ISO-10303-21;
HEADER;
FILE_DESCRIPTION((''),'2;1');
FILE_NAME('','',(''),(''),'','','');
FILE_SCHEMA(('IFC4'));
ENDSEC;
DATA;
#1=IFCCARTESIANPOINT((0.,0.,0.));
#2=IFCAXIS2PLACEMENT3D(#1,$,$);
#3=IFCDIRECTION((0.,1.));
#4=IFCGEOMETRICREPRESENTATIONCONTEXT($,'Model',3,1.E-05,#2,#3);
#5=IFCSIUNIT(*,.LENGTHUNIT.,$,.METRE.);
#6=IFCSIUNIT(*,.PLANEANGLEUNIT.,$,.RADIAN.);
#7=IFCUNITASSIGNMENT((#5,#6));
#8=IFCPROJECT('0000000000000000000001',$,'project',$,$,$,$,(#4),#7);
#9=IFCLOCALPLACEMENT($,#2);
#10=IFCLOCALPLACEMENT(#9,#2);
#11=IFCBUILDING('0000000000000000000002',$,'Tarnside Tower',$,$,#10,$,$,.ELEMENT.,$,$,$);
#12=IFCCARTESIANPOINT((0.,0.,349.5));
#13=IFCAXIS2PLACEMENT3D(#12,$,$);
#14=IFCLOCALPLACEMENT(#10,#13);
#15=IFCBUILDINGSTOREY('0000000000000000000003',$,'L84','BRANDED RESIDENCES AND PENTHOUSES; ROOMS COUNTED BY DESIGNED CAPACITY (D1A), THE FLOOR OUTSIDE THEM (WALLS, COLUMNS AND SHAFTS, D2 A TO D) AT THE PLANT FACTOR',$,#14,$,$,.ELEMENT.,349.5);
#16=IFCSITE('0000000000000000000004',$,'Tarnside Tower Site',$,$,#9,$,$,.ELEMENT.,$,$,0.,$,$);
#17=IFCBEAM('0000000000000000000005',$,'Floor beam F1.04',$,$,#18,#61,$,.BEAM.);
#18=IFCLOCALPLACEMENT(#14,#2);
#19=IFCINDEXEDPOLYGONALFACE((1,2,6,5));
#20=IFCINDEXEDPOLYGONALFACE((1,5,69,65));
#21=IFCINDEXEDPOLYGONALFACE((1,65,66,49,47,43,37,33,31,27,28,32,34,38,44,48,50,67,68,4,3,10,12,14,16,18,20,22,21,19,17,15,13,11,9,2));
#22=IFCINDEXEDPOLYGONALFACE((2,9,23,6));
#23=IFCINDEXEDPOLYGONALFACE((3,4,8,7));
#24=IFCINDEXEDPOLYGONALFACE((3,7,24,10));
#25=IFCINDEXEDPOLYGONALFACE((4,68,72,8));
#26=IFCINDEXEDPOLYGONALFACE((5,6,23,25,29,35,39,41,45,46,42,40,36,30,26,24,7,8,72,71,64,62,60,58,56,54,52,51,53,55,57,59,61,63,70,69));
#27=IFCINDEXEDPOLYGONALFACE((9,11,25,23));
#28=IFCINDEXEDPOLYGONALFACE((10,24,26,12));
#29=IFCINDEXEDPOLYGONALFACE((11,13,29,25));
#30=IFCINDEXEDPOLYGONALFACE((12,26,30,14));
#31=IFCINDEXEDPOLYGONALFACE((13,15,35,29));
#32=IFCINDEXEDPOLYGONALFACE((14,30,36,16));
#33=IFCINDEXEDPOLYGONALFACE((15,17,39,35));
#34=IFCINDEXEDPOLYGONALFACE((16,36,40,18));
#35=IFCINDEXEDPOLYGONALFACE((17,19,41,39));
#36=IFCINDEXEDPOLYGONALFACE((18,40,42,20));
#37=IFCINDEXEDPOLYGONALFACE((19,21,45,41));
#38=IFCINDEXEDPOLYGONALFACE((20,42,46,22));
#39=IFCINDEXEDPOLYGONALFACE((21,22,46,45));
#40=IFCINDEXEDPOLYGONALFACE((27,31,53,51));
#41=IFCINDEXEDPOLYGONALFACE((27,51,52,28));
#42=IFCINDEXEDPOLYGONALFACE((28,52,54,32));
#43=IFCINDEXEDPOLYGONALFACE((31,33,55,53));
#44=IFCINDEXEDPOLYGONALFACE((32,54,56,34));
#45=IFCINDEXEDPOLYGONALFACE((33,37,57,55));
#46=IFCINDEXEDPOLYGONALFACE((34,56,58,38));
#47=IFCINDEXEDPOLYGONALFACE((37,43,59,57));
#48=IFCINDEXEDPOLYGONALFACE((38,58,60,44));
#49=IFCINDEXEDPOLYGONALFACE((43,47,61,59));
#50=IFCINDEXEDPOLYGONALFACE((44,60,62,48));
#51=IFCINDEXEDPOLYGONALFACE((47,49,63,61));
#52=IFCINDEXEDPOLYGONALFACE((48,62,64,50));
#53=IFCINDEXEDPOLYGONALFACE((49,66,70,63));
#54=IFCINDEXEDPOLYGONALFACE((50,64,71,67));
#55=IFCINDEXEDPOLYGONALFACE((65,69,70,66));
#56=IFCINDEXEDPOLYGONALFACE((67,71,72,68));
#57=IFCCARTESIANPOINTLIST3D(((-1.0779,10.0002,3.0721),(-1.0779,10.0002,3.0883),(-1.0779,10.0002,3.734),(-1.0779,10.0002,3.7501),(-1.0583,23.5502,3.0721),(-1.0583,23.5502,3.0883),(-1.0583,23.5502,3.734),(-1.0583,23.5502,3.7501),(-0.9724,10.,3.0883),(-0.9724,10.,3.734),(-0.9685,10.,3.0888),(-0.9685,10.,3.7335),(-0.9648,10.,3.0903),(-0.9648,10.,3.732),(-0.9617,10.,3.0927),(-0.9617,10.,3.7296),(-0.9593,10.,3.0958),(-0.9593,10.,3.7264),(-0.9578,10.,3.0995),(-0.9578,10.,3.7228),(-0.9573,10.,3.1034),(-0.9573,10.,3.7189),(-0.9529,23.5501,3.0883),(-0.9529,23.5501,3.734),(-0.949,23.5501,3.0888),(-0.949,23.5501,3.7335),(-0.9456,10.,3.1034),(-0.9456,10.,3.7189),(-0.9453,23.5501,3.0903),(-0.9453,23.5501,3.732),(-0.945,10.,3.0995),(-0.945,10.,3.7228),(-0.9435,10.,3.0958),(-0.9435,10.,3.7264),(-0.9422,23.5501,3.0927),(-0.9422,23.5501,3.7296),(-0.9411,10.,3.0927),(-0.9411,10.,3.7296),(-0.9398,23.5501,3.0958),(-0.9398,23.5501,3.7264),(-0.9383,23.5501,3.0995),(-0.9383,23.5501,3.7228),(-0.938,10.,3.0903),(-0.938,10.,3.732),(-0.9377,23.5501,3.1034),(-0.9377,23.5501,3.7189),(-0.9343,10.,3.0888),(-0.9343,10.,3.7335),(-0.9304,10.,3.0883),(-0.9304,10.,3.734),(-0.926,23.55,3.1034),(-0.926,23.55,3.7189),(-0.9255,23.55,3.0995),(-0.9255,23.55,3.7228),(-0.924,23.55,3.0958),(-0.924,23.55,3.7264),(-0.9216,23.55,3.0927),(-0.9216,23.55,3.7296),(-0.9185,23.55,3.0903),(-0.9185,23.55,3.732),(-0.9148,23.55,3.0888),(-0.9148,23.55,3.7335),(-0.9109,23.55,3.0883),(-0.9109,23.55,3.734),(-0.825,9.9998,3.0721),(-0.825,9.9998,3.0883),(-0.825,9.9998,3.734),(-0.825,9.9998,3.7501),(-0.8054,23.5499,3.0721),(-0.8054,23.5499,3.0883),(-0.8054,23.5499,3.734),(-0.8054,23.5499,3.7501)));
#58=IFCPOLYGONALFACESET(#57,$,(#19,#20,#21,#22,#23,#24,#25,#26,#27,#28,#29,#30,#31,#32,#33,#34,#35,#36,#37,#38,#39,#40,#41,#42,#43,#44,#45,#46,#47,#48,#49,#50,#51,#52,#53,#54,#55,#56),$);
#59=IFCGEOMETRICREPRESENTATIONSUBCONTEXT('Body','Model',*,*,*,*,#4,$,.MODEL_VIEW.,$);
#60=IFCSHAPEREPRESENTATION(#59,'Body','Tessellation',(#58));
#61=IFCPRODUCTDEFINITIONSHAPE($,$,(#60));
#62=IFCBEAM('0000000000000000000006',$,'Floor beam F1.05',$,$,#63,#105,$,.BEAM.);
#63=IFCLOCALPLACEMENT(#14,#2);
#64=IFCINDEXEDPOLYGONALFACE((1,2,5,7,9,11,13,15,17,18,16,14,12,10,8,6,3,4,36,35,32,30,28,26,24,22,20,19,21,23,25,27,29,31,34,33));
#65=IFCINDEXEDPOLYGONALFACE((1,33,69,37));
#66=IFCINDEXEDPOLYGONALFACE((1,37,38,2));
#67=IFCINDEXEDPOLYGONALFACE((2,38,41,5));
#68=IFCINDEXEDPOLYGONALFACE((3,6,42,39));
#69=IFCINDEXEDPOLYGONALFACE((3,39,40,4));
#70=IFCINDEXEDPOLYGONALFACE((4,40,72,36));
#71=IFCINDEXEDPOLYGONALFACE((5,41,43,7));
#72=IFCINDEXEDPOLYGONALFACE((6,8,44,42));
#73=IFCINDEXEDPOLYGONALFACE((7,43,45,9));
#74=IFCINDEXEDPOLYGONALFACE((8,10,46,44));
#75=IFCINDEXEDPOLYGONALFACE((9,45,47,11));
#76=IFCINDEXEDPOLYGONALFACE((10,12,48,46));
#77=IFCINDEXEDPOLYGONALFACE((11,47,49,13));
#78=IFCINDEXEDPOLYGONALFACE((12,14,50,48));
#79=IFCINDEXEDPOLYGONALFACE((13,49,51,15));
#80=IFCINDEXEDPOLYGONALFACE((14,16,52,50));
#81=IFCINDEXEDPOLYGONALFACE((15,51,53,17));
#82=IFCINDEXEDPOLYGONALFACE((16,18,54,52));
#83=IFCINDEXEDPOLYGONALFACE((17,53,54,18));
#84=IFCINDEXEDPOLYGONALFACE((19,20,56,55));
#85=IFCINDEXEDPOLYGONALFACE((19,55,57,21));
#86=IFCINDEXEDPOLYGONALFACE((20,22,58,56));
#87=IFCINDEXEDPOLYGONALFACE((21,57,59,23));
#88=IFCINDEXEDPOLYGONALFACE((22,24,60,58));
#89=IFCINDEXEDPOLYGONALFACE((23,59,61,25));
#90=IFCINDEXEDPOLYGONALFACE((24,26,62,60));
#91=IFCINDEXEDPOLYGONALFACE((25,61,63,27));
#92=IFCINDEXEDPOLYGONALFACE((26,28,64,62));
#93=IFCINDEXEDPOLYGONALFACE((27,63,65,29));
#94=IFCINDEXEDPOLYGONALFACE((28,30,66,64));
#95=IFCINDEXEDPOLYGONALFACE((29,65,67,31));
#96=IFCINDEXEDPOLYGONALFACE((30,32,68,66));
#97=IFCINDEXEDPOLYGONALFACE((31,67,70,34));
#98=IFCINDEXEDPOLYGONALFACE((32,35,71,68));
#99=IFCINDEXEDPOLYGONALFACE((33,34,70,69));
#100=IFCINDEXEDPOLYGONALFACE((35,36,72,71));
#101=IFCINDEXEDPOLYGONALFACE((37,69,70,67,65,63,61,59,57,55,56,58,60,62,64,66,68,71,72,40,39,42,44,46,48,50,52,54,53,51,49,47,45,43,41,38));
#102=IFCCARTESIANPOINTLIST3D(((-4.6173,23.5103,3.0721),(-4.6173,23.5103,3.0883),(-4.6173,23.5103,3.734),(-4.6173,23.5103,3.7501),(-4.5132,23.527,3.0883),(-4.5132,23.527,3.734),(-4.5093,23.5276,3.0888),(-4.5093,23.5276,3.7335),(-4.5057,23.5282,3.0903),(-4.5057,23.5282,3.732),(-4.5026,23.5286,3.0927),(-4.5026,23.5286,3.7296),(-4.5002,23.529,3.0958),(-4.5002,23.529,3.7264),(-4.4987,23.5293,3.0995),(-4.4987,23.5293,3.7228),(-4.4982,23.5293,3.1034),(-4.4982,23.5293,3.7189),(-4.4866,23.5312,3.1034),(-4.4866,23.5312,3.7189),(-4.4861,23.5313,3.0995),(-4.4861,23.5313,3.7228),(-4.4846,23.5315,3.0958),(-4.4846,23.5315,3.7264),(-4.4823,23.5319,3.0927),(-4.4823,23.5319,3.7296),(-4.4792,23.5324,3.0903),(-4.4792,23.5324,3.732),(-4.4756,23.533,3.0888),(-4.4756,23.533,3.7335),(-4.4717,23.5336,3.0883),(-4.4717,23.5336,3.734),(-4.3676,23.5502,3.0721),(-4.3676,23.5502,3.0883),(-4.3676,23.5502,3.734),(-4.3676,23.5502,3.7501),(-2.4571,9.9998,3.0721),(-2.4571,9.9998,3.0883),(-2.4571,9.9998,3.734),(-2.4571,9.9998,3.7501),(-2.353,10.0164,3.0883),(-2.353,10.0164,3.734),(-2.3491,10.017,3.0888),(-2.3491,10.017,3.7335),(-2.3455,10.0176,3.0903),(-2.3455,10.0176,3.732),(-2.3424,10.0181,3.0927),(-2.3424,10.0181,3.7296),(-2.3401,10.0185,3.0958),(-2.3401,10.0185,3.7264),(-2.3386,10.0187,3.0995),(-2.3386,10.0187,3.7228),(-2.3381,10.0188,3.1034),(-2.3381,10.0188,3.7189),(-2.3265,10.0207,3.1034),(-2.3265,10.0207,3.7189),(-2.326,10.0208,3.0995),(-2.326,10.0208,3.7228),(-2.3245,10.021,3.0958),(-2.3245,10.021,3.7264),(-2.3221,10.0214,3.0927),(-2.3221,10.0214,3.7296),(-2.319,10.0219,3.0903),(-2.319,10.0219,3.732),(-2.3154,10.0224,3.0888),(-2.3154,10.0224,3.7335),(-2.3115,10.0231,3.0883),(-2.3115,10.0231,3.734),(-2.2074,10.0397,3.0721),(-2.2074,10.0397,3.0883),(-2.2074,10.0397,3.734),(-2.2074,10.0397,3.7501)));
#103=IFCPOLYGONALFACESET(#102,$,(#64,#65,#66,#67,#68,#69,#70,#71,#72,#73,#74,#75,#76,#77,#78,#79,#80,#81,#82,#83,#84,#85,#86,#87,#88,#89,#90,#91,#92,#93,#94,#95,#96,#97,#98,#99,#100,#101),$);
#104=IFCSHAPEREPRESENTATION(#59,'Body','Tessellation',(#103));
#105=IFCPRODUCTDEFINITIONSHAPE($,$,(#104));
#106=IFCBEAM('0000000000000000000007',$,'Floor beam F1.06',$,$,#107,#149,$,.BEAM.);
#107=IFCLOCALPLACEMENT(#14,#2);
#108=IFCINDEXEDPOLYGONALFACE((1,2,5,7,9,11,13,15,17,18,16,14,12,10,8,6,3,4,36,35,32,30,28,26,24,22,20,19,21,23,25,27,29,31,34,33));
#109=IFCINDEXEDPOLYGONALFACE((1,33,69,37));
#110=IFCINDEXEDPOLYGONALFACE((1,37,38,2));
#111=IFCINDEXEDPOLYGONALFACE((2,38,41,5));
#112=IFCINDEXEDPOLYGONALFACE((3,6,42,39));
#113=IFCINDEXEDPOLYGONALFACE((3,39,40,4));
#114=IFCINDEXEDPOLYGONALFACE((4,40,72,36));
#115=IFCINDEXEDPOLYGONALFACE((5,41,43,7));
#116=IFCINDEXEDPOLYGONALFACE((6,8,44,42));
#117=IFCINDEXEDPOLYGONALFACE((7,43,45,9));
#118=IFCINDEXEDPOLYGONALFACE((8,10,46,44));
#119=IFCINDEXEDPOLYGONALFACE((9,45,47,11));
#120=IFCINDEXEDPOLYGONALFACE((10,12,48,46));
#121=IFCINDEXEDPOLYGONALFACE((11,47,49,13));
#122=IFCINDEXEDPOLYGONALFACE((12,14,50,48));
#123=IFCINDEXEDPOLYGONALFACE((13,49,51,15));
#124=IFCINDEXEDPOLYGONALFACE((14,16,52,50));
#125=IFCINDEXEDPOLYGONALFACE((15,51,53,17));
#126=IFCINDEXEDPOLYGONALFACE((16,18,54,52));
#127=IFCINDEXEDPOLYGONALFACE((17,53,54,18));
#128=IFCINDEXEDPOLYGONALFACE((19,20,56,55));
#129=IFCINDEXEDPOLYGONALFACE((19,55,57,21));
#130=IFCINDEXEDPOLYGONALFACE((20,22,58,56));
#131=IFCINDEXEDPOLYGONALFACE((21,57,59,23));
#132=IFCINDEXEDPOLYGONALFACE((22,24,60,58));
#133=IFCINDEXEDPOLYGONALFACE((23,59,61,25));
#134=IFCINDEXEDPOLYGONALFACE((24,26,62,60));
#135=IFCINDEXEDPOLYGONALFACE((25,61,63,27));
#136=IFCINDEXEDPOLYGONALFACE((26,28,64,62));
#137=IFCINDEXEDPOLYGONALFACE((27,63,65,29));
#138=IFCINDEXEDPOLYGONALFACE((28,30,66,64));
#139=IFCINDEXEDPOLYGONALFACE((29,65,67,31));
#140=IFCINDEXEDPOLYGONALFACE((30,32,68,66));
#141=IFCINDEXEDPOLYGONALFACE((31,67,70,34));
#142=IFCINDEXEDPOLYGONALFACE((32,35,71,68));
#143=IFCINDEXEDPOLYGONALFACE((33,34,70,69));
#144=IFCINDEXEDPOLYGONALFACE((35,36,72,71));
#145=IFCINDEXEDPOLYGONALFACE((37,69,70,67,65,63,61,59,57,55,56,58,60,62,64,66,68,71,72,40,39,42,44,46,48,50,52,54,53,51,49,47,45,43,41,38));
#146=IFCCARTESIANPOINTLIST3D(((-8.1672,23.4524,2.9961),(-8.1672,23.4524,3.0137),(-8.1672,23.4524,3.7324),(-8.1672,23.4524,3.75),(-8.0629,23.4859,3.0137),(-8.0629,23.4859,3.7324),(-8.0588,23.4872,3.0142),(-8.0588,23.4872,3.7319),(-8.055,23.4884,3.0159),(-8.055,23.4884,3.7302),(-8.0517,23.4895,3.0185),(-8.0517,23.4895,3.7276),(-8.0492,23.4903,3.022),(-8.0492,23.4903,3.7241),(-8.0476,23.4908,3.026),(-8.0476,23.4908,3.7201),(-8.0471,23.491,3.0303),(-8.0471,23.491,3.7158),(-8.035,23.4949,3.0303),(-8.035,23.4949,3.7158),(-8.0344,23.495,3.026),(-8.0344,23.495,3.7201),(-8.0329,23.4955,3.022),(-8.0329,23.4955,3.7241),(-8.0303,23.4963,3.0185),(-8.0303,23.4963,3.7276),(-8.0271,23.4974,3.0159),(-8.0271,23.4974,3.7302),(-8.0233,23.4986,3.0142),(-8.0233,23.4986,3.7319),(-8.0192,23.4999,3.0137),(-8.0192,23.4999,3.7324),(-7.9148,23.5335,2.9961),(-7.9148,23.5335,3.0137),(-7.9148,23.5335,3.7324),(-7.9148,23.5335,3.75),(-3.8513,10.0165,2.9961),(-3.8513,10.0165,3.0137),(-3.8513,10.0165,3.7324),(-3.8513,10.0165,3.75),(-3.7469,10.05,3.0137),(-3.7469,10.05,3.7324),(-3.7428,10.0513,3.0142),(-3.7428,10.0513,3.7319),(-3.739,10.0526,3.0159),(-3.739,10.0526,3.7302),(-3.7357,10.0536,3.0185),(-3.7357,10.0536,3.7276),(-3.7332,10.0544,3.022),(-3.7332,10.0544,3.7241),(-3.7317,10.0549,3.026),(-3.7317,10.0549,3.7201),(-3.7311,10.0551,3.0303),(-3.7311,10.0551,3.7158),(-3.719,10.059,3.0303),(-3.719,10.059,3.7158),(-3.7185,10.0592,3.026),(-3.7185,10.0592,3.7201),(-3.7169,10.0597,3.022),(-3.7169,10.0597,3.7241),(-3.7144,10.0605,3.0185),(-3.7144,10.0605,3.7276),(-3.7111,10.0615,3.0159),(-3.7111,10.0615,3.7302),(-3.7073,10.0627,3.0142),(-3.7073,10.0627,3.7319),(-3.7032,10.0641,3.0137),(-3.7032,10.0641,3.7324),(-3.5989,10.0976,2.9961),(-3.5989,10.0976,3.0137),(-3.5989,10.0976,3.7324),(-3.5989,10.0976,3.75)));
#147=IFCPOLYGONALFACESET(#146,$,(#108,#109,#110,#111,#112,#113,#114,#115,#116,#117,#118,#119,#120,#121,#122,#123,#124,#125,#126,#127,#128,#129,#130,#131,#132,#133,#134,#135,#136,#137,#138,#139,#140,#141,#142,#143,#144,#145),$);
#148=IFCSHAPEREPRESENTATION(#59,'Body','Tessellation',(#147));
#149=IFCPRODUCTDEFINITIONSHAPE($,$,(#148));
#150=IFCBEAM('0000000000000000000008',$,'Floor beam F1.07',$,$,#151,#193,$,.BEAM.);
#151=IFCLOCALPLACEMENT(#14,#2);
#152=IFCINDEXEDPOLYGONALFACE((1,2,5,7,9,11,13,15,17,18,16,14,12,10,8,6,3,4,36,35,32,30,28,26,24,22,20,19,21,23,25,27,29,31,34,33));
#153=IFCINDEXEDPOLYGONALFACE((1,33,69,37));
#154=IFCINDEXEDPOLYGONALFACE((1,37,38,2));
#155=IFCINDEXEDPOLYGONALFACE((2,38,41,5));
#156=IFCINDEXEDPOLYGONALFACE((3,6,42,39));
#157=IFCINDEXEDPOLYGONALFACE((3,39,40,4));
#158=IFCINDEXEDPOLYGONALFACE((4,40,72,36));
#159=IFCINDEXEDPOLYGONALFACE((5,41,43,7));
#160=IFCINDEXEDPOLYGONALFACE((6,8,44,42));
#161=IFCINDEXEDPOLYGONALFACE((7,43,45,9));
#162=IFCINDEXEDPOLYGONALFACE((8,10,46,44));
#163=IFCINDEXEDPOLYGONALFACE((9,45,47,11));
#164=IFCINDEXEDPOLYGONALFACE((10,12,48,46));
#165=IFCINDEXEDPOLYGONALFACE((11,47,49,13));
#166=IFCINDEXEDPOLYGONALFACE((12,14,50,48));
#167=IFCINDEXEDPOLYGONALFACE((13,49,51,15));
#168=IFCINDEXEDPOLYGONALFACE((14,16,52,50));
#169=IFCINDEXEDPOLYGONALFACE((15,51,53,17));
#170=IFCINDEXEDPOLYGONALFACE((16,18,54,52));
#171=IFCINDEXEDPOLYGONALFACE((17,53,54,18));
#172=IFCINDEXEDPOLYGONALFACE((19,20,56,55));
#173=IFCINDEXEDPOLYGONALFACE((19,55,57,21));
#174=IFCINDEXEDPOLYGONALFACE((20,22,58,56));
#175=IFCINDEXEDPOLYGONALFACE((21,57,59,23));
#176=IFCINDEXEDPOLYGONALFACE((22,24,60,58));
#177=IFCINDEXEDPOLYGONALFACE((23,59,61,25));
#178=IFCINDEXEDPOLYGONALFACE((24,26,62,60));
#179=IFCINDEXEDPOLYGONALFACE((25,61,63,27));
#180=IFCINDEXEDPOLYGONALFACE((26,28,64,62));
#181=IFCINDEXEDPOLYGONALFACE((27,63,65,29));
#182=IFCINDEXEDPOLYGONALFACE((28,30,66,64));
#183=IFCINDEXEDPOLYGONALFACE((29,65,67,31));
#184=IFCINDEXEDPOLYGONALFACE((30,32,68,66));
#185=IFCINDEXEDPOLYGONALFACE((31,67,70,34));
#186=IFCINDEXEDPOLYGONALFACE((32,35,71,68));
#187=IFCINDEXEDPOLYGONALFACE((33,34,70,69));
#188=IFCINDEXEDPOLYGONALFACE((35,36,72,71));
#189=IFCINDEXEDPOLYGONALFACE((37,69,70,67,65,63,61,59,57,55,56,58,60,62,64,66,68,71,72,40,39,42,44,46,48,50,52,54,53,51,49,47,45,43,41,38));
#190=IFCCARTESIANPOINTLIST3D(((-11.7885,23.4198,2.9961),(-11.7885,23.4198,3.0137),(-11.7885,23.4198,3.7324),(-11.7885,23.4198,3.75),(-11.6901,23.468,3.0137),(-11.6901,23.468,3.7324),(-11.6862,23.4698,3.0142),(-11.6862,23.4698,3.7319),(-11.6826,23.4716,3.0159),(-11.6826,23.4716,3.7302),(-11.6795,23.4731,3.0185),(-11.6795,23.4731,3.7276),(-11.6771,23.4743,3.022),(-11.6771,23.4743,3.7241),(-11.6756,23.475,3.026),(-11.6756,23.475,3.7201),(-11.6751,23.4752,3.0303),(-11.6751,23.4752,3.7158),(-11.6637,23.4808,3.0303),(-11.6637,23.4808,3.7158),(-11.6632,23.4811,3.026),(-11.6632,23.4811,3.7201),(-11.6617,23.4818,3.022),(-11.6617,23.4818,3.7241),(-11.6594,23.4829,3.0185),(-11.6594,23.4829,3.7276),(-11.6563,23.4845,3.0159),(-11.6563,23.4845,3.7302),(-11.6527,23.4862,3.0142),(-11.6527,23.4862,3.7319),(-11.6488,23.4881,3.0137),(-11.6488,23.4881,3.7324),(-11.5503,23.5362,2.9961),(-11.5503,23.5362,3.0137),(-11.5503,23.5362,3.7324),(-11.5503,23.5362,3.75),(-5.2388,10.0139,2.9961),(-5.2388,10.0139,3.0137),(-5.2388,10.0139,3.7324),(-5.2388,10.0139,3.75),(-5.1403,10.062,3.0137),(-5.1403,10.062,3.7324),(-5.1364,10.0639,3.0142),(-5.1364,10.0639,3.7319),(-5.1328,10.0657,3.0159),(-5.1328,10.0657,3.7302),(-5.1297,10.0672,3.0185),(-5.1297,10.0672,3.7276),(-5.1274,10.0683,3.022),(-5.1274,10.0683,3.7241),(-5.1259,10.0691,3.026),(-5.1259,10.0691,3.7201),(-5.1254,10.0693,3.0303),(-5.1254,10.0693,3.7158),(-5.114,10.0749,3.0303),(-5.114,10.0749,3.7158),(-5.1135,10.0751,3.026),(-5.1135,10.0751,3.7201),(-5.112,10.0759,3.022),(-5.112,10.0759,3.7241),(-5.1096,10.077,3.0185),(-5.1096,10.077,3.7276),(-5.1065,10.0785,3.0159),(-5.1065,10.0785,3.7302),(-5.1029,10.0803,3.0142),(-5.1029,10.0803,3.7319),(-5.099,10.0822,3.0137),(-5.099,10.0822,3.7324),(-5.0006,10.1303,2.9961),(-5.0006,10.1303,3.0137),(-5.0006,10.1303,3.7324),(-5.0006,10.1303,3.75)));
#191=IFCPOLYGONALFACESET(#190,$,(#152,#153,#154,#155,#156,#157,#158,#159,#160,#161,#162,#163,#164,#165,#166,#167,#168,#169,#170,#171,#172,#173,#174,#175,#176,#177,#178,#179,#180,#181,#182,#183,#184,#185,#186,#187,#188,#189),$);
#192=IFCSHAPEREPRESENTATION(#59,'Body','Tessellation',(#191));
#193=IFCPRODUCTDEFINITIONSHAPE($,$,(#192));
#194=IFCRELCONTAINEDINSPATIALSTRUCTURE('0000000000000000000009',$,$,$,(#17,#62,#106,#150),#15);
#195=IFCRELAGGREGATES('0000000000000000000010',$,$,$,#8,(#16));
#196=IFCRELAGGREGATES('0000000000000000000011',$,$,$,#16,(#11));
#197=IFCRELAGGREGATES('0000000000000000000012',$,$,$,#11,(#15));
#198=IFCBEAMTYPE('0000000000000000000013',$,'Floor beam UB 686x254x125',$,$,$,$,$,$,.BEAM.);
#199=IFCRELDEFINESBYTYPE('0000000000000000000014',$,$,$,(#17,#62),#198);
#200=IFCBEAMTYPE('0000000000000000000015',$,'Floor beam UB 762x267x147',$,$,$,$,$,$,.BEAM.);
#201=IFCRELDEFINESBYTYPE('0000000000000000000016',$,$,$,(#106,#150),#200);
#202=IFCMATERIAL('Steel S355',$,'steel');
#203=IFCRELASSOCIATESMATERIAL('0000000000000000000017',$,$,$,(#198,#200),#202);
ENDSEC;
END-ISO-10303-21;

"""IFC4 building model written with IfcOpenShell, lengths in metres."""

from ifc_helpers import new_model, si_unit, direction, frame, origin, origin_2d, place, context, subcontext, project, spatial, i_section, extrude, material, material_profile, profile_set, type_object, element, save


model = new_model("IFC4")

# Units and contexts
model_context = context("Model", 3, precision=1e-05, world=origin(), true_north=direction((0.0, 1.0)))
body_context = subcontext(model_context, "Body", "Model", "MODEL_VIEW")
ifc_project = project(units=[si_unit("LENGTHUNIT", "METRE"), si_unit("PLANEANGLEUNIT", "RADIAN")], contexts=[model_context])

# Site, building, storey
site_placement = place(None, origin())
site = spatial("IfcSite", under=ifc_project, at=site_placement, Name="Tarnside Tower Site", CompositionType="ELEMENT", RefElevation=0.0)
building_placement = place(site_placement, origin())
building = spatial("IfcBuilding", under=site, at=building_placement, Name="Tarnside Tower", CompositionType="ELEMENT")
storey_placement = place(building_placement, frame((0.0, 0.0, 349.5)))
storey = spatial("IfcBuildingStorey", under=building, at=storey_placement, Name="L84", Description="BRANDED RESIDENCES AND PENTHOUSES; ROOMS COUNTED BY DESIGNED CAPACITY (D1A), THE FLOOR OUTSIDE THEM (WALLS, COLUMNS AND SHAFTS, D2 A TO D) AT THE PLANT FACTOR", CompositionType="ELEMENT", Elevation=349.5)

# Beams
ifc_material_1 = material(Name="Steel S355", Category="steel")
ifc_material_profile_1 = material_profile(ifc_material_1, i_section(OverallWidth=0.2529, OverallDepth=0.678, WebThickness=0.0117, FlangeThickness=0.0161, FilletRadius=0.0151, at=origin_2d()), Name="UB 686x254x125")
ifc_profile_set_1 = profile_set([ifc_material_profile_1], Name="Steel S355")
beam_type_1 = type_object("IfcBeamType", Name="Floor beam UB 686x254x125", PredefinedType="BEAM", material=ifc_profile_set_1)
beam_1_placement = place(storey_placement, frame((-0.9319, 23.55, 3.4111), z_axis=(-0.001441, -0.999999, 0.0), x_axis=(0.999999, -0.001441, 0.0)))
element("IfcBeam", 1, at=beam_1_placement, inside=storey, type_object=beam_type_1, Name="Floor beam F1.04", PredefinedType="BEAM", context=body_context, shape_type="SweptSolid", body=[
    extrude(i_section(OverallWidth=0.2529, OverallDepth=0.678, WebThickness=0.0117, FlangeThickness=0.0161, FilletRadius=0.0151, at=origin_2d()), origin(), (0.0, 0.0, 1.0), 13.55),
])
beam_2_placement = place(storey_placement, frame((-4.4924, 23.5303, 3.4111), z_axis=(0.157882, -0.987458, 0.0), x_axis=(0.987458, 0.157882, 0.0)))
element("IfcBeam", 2, at=beam_2_placement, inside=storey, type_object=beam_type_1, Name="Floor beam F1.05", PredefinedType="BEAM", context=body_context, shape_type="SweptSolid", body=[
    extrude(i_section(OverallWidth=0.2529, OverallDepth=0.678, WebThickness=0.0117, FlangeThickness=0.0161, FilletRadius=0.0151, at=origin_2d()), origin(), (0.0, 0.0, 1.0), 13.6821),
])
ifc_material_profile_2 = material_profile(ifc_material_1, i_section(OverallWidth=0.2651, OverallDepth=0.7539, WebThickness=0.0127, FlangeThickness=0.0176, FilletRadius=0.0166, at=origin_2d()), Name="UB 762x267x147")
ifc_profile_set_2 = profile_set([ifc_material_profile_2], Name="Steel S355")
beam_type_2 = type_object("IfcBeamType", Name="Floor beam UB 762x267x147", PredefinedType="BEAM", material=ifc_profile_set_2)
beam_3_placement = place(storey_placement, frame((-8.041, 23.4929, 3.373), z_axis=(0.305834, -0.952085, 0.0), x_axis=(0.952085, 0.305834, 0.0)))
element("IfcBeam", 3, at=beam_3_placement, inside=storey, type_object=beam_type_2, Name="Floor beam F1.06", PredefinedType="BEAM", context=body_context, shape_type="SweptSolid", body=[
    extrude(i_section(OverallWidth=0.2651, OverallDepth=0.7539, WebThickness=0.0127, FlangeThickness=0.0176, FilletRadius=0.0166, at=origin_2d()), origin(), (0.0, 0.0, 1.0), 14.1121),
])
beam_4_placement = place(storey_placement, frame((-11.6694, 23.478, 3.373), z_axis=(0.438981, -0.898497, 0.0), x_axis=(0.898497, 0.438981, 0.0)))
element("IfcBeam", 4, at=beam_4_placement, inside=storey, type_object=beam_type_2, Name="Floor beam F1.07", PredefinedType="BEAM", context=body_context, shape_type="SweptSolid", body=[
    extrude(i_section(OverallWidth=0.2651, OverallDepth=0.7539, WebThickness=0.0127, FlangeThickness=0.0176, FilletRadius=0.0166, at=origin_2d()), origin(), (0.0, 0.0, 1.0), 14.9204),
])

save(model, "model.ifc")
